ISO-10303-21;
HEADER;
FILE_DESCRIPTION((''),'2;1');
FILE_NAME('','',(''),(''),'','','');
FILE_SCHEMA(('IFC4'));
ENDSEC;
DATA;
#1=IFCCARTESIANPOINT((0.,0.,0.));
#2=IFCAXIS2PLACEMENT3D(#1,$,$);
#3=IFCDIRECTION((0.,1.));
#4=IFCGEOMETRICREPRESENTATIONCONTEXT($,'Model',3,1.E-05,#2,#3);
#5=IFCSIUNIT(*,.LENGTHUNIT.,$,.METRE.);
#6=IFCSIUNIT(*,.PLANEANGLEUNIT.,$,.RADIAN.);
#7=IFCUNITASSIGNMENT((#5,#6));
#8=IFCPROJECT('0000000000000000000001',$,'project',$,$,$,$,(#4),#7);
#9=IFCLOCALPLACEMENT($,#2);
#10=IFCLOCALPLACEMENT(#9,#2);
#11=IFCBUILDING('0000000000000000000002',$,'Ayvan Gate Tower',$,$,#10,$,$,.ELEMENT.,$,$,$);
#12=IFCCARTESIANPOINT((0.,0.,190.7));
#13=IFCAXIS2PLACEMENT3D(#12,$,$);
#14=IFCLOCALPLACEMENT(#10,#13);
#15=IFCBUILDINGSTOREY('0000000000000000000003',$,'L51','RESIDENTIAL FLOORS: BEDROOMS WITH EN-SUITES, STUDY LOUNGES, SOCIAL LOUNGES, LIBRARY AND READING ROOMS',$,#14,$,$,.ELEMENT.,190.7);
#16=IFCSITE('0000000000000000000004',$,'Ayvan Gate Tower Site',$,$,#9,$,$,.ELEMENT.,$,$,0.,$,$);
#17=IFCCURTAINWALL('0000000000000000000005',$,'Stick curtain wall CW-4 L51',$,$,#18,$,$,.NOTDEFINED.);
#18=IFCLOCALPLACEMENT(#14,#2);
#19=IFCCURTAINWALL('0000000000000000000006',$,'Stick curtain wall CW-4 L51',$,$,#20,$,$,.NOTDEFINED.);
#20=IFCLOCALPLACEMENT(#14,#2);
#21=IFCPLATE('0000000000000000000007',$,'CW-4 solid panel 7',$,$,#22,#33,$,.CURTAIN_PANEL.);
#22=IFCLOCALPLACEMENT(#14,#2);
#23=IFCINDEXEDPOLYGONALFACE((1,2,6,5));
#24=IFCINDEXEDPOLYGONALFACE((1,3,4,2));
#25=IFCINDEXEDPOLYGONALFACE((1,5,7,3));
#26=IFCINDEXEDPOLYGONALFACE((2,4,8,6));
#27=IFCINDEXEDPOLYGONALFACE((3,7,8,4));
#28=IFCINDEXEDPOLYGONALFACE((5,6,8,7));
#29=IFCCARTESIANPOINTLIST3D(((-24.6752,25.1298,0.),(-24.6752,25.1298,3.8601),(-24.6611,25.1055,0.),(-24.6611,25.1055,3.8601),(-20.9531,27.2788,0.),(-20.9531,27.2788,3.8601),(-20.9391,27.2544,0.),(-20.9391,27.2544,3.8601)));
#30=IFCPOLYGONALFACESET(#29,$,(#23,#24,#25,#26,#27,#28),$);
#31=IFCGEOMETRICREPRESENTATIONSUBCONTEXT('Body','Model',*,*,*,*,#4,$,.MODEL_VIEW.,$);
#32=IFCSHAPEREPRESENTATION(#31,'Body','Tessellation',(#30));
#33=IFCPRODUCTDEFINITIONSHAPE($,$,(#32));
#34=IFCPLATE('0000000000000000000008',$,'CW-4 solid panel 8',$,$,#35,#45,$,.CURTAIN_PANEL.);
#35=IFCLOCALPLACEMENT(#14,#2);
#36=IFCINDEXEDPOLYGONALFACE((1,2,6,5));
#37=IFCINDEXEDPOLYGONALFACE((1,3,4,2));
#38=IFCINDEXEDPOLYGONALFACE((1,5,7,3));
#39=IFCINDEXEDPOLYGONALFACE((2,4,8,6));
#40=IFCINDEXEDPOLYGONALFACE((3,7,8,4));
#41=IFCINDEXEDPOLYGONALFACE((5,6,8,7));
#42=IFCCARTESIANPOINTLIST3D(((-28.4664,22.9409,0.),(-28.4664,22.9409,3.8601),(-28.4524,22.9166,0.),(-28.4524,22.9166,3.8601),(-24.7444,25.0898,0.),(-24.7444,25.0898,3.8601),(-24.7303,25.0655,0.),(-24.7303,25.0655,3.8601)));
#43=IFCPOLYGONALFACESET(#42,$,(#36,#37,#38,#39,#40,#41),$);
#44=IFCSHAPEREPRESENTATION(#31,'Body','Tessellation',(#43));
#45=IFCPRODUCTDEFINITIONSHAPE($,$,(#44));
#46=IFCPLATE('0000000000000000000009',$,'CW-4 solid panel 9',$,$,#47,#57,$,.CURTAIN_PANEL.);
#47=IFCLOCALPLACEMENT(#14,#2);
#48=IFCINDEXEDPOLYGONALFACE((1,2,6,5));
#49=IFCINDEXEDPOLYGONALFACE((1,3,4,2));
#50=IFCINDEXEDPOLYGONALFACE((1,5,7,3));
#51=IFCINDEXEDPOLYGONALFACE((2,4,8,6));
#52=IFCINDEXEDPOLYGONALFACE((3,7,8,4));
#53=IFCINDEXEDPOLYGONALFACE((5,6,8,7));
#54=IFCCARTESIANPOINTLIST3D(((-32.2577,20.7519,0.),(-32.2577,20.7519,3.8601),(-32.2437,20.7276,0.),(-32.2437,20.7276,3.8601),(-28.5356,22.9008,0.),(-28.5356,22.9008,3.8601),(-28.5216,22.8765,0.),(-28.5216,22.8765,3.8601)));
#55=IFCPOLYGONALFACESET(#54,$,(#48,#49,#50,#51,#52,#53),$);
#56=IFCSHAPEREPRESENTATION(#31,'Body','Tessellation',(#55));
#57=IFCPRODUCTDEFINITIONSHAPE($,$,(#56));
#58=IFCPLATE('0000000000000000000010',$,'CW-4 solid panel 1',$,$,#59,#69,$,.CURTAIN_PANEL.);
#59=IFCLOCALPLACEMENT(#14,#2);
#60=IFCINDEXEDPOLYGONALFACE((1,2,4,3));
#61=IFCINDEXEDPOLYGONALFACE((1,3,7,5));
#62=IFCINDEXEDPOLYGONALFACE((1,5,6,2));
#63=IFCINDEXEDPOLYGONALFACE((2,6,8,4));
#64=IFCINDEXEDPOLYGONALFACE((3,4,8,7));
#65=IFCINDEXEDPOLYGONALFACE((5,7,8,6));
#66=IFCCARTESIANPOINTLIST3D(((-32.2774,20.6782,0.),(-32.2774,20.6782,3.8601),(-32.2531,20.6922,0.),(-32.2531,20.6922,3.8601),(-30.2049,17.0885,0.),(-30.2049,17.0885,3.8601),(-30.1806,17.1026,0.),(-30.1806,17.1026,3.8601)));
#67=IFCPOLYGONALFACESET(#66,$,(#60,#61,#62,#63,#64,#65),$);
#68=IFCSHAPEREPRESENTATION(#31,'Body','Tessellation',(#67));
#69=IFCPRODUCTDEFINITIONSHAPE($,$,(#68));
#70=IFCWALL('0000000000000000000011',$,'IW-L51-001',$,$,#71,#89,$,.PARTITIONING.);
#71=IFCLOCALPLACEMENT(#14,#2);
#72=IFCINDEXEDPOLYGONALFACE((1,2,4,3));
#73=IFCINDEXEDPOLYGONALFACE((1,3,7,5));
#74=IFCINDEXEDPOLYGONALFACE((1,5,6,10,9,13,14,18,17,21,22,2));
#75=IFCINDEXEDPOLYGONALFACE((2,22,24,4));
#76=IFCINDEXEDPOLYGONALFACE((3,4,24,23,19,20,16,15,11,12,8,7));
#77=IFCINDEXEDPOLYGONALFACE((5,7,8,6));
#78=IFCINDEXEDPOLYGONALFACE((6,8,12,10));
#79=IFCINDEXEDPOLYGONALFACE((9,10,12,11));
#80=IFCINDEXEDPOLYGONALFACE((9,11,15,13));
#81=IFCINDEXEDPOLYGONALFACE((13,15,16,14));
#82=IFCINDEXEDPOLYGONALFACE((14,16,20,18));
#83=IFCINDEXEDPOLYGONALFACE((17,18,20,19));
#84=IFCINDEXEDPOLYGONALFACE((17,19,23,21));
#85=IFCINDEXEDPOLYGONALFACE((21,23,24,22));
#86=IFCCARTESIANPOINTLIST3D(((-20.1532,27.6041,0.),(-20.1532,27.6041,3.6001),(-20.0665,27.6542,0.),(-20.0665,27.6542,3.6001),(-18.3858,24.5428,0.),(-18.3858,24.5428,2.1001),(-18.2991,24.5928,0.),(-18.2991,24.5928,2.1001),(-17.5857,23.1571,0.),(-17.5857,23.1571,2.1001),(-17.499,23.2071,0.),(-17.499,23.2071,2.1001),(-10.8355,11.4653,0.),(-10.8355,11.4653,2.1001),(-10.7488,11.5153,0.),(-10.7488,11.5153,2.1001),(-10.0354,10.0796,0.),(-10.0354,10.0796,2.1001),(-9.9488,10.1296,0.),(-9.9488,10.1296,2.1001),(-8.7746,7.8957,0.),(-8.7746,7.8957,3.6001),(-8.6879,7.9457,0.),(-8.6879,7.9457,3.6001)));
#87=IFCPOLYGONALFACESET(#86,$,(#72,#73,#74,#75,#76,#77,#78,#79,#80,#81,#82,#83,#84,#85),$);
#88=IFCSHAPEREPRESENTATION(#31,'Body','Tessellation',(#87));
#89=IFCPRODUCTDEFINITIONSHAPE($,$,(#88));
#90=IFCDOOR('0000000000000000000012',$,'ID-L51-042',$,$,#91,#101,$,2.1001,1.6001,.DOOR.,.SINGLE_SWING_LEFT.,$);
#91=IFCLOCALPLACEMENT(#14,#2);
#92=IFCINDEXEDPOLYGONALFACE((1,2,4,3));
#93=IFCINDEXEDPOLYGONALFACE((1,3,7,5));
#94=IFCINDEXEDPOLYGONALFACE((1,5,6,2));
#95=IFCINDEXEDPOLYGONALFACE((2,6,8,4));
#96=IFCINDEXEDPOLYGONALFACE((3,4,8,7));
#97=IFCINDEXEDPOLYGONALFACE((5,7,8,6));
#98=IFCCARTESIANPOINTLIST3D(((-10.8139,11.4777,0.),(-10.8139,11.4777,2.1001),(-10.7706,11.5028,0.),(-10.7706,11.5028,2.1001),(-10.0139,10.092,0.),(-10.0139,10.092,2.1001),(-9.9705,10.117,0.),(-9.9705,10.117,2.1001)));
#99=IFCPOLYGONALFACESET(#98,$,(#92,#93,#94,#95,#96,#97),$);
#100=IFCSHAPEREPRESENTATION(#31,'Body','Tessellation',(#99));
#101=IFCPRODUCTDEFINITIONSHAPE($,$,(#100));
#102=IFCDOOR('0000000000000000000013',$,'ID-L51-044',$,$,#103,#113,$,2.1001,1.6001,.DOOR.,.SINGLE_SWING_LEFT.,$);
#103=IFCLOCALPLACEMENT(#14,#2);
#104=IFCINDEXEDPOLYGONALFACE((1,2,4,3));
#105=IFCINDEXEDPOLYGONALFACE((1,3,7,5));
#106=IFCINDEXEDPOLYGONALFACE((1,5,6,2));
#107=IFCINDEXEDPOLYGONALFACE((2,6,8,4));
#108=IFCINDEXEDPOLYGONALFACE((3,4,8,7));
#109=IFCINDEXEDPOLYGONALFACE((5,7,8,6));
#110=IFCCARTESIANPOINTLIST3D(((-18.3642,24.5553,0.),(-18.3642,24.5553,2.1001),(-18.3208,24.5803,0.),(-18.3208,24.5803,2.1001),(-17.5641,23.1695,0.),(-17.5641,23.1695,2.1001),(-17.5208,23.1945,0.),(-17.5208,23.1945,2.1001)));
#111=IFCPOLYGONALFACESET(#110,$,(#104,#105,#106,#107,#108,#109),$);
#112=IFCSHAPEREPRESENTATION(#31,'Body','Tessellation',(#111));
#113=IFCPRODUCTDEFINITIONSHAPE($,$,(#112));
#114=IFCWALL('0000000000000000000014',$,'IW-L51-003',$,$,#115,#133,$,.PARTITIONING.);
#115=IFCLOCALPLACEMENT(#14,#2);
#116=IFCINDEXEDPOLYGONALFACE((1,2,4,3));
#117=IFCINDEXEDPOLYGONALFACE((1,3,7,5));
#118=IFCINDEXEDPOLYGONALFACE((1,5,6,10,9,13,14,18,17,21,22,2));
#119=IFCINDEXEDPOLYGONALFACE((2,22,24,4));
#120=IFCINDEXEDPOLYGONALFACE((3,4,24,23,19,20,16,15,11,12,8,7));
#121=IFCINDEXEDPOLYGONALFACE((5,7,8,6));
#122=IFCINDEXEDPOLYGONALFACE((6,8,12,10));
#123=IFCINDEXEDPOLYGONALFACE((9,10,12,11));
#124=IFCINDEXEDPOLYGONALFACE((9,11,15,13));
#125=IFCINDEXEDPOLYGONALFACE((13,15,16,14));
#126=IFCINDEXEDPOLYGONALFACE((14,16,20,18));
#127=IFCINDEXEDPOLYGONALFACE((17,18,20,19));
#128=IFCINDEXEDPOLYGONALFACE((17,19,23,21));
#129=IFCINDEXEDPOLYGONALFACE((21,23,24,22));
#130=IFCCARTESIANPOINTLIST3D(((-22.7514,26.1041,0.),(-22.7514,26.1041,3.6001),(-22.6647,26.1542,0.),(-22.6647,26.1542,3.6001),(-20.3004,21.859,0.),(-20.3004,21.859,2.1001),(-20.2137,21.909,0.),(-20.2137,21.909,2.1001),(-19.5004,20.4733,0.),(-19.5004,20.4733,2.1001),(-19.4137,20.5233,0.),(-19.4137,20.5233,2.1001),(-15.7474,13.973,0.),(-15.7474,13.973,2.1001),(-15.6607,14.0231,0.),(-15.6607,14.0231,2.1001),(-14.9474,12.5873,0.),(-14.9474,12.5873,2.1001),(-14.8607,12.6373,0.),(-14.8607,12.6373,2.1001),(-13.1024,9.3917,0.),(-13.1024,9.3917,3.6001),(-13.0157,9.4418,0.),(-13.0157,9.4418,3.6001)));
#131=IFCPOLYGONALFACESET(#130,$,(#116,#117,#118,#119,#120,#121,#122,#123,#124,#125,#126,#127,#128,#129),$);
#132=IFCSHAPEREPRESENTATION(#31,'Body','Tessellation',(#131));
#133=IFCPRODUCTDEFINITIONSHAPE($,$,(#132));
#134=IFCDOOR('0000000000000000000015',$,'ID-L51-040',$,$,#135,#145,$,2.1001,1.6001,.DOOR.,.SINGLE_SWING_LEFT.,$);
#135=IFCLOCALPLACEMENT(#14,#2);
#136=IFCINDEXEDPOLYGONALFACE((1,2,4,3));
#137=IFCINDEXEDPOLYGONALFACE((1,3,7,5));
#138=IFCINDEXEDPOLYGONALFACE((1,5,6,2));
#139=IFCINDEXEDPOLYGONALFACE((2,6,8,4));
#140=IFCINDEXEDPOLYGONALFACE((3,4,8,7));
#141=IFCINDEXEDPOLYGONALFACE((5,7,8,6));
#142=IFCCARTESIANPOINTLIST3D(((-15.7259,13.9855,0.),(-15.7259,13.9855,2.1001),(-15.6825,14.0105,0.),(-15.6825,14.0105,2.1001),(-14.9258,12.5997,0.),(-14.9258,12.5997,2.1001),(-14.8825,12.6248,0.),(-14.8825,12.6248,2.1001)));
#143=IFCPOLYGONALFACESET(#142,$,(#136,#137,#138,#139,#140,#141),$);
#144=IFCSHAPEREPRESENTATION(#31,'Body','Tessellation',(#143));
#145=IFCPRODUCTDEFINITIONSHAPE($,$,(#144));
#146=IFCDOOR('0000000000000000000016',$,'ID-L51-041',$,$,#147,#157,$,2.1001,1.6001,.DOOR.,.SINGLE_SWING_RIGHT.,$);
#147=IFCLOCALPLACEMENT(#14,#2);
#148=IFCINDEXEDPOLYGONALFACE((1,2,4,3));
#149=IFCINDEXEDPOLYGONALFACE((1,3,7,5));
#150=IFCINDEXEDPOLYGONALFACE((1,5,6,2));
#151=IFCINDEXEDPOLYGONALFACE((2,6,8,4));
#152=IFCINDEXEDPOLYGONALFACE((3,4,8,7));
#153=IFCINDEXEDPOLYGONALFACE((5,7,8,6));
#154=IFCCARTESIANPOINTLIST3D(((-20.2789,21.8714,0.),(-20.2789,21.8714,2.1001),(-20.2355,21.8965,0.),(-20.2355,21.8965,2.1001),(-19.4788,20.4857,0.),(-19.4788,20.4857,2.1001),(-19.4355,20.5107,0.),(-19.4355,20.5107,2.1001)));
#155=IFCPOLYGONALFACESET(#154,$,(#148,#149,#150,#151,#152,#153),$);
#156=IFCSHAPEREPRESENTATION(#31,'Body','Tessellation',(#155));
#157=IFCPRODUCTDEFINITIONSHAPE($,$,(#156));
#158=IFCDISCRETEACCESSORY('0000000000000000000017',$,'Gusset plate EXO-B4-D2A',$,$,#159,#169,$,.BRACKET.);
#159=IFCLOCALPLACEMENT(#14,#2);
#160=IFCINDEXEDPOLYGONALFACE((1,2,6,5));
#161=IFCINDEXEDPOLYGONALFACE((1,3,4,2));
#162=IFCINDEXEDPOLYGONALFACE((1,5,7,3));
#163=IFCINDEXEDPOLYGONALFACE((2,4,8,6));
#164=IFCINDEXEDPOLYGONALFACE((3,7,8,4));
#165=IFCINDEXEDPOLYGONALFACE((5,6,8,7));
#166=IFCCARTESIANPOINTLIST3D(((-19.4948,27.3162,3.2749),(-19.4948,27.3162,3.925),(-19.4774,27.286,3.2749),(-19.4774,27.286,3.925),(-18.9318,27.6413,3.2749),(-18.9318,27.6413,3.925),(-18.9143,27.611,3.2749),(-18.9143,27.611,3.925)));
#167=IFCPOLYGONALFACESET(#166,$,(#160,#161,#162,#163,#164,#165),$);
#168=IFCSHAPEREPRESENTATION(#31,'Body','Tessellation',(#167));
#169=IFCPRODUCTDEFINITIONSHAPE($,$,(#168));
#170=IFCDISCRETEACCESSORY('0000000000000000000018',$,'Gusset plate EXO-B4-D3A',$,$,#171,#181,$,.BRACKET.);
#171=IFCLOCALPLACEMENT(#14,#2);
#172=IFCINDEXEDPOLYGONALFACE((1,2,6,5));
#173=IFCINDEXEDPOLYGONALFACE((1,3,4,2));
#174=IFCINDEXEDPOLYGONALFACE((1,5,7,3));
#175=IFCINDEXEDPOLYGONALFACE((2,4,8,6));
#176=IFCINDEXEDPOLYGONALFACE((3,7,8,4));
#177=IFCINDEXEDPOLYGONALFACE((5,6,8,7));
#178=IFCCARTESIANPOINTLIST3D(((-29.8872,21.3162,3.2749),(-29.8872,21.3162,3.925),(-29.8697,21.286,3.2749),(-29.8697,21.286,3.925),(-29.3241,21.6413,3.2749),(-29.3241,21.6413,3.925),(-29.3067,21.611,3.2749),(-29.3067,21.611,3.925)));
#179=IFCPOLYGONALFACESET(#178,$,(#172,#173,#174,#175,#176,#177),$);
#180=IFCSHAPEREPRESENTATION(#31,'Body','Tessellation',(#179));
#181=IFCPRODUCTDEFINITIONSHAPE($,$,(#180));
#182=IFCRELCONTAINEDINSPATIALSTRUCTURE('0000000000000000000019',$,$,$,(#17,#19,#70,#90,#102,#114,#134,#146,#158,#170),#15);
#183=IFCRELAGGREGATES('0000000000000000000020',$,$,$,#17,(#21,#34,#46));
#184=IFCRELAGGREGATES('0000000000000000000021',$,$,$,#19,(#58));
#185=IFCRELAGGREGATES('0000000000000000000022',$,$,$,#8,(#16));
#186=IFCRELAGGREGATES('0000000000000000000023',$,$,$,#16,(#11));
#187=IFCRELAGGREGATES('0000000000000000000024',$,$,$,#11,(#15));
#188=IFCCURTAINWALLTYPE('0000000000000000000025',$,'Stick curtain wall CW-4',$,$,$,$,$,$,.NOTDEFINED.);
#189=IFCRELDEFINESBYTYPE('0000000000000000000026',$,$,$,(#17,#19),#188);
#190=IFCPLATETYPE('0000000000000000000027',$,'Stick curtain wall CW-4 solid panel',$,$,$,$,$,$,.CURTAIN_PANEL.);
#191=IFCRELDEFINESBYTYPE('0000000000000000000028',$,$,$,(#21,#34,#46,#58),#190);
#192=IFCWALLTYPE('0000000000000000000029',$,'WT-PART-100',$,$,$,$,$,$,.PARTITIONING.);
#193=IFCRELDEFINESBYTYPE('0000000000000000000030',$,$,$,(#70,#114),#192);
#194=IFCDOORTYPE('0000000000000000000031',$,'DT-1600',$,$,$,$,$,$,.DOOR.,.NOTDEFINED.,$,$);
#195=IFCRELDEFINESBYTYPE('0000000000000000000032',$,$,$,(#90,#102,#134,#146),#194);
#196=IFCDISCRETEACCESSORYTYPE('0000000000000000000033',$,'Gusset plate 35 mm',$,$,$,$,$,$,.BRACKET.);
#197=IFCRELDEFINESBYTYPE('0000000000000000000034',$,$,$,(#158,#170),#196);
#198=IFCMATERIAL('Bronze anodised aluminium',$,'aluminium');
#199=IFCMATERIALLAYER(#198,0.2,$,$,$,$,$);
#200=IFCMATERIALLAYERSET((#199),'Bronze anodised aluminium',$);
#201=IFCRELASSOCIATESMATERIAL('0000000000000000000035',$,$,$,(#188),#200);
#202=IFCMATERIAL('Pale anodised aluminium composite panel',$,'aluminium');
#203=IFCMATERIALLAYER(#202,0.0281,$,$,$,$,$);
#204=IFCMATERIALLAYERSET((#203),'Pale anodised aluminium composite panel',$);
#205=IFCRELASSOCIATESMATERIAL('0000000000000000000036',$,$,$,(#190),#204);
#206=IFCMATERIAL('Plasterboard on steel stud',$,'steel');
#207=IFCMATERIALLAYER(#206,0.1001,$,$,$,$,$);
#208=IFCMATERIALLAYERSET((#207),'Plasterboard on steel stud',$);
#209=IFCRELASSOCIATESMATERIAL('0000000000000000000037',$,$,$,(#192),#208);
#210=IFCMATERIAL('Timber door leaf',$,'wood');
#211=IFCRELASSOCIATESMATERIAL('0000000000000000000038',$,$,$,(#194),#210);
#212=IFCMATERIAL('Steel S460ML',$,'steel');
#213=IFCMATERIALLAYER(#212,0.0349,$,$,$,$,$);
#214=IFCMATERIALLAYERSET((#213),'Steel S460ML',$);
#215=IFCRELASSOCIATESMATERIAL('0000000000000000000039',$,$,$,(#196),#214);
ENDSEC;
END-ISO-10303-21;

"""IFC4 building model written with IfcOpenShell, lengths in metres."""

from ifc_helpers import new_model, si_unit, direction, frame, frame_2d, origin, origin_2d, place, context, subcontext, project, spatial, rectangle, extrude, material, layer, layer_set, type_object, element, fill, aggregate, save


model = new_model("IFC4")

# Units and contexts
model_context = context("Model", 3, precision=1e-05, world=origin(), true_north=direction((0.0, 1.0)))
body_context = subcontext(model_context, "Body", "Model", "MODEL_VIEW")
ifc_project = project(units=[si_unit("LENGTHUNIT", "METRE"), si_unit("PLANEANGLEUNIT", "RADIAN")], contexts=[model_context])

# Site, building, storey
site_placement = place(None, origin())
site = spatial("IfcSite", under=ifc_project, at=site_placement, Name="Ayvan Gate Tower Site", CompositionType="ELEMENT", RefElevation=0.0)
building_placement = place(site_placement, origin())
building = spatial("IfcBuilding", under=site, at=building_placement, Name="Ayvan Gate Tower", CompositionType="ELEMENT")
storey_placement = place(building_placement, frame((0.0, 0.0, 190.7)))
storey = spatial("IfcBuildingStorey", under=building, at=storey_placement, Name="L51", Description="RESIDENTIAL FLOORS: BEDROOMS WITH EN-SUITES, STUDY LOUNGES, SOCIAL LOUNGES, LIBRARY AND READING ROOMS", CompositionType="ELEMENT", Elevation=190.7)

# Curtain walls
ifc_material_1 = material(Name="Bronze anodised aluminium", Category="aluminium")
ifc_layer_1 = layer(ifc_material_1, 0.2)
ifc_layer_set_1 = layer_set([ifc_layer_1], Name="Bronze anodised aluminium")
curtain_wall_type = type_object("IfcCurtainWallType", Name="Stick curtain wall CW-4", PredefinedType="NOTDEFINED", material=ifc_layer_set_1)
curtain_wall_1_placement = place(storey_placement, origin())
curtain_wall_1 = element("IfcCurtainWall", 1, at=curtain_wall_1_placement, inside=storey, type_object=curtain_wall_type, Name="Stick curtain wall CW-4 L51", PredefinedType="NOTDEFINED")
curtain_wall_2_placement = place(storey_placement, origin())
curtain_wall_2 = element("IfcCurtainWall", 2, at=curtain_wall_2_placement, inside=storey, type_object=curtain_wall_type, Name="Stick curtain wall CW-4 L51", PredefinedType="NOTDEFINED")

# Plates
ifc_material_2 = material(Name="Pale anodised aluminium composite panel", Category="aluminium")
ifc_layer_2 = layer(ifc_material_2, 0.0281)
ifc_layer_set_2 = layer_set([ifc_layer_2], Name="Pale anodised aluminium composite panel")
plate_type = type_object("IfcPlateType", Name="Stick curtain wall CW-4 solid panel", PredefinedType="CURTAIN_PANEL", material=ifc_layer_set_2)
plate_1_placement = place(storey_placement, frame((-22.8071, 26.1921, 0.0), z_axis=(0.0, 0.0, 1.0), x_axis=(-0.866025, -0.5, 0.0)))
plate_1 = element("IfcPlate", 3, at=plate_1_placement, type_object=plate_type, Name="CW-4 solid panel 7", PredefinedType="CURTAIN_PANEL", context=body_context, shape_type="SweptSolid", body=[
    extrude(rectangle(XDim=4.2979, YDim=0.0281, at=origin_2d()), origin(), (0.0, 0.0, 1.0), 3.8601),
])
plate_2_placement = place(storey_placement, frame((-26.5984, 24.0032, 0.0), z_axis=(0.0, 0.0, 1.0), x_axis=(-0.866025, -0.5, 0.0)))
plate_2 = element("IfcPlate", 4, at=plate_2_placement, type_object=plate_type, Name="CW-4 solid panel 8", PredefinedType="CURTAIN_PANEL", context=body_context, shape_type="SweptSolid", body=[
    extrude(rectangle(XDim=4.2979, YDim=0.0281, at=origin_2d()), origin(), (0.0, 0.0, 1.0), 3.8601),
])
plate_3_placement = place(storey_placement, frame((-30.3896, 21.8142, 0.0), z_axis=(0.0, 0.0, 1.0), x_axis=(-0.866025, -0.5, 0.0)))
plate_3 = element("IfcPlate", 5, at=plate_3_placement, type_object=plate_type, Name="CW-4 solid panel 9", PredefinedType="CURTAIN_PANEL", context=body_context, shape_type="SweptSolid", body=[
    extrude(rectangle(XDim=4.2979, YDim=0.0281, at=origin_2d()), origin(), (0.0, 0.0, 1.0), 3.8601),
])
aggregate(curtain_wall_1, [plate_1, plate_2, plate_3])
plate_4_placement = place(storey_placement, frame((-31.229, 18.8904, 0.0), z_axis=(0.0, 0.0, 1.0), x_axis=(0.5, -0.866025, 0.0)))
plate_4 = element("IfcPlate", 6, at=plate_4_placement, type_object=plate_type, Name="CW-4 solid panel 1", PredefinedType="CURTAIN_PANEL", context=body_context, shape_type="SweptSolid", body=[
    extrude(rectangle(XDim=4.145, YDim=0.0281, at=origin_2d()), origin(), (0.0, 0.0, 1.0), 3.8601),
])
aggregate(curtain_wall_2, [plate_4])

# Walls, openings, doors
ifc_material_3 = material(Name="Plasterboard on steel stud", Category="steel")
ifc_layer_3 = layer(ifc_material_3, 0.1001)
ifc_layer_set_3 = layer_set([ifc_layer_3], Name="Plasterboard on steel stud")
wall_type = type_object("IfcWallType", Name="WT-PART-100", PredefinedType="PARTITIONING", material=ifc_layer_set_3)
wall_1_placement = place(storey_placement, frame((-20.1099, 27.6292, 0.0), z_axis=(0.0, 0.0, 1.0), x_axis=(0.499999, -0.866026, 0.0)))
wall_1 = element("IfcWall", 7, at=wall_1_placement, inside=storey, type_object=wall_type, Name="IW-L51-001", PredefinedType="PARTITIONING", context=body_context, shape_type="SweptSolid", body=[
    extrude(rectangle(XDim=22.7573, YDim=0.1001, at=frame_2d((11.3787, 0.0))), origin(), (0.0, 0.0, 1.0), 3.6001),
])
opening_1_placement = place(wall_1_placement, frame((18.6355, 0.0, 0.0)))
opening_1 = element("IfcOpeningElement", 8, at=opening_1_placement, cuts=wall_1, PredefinedType="OPENING", context=body_context, shape_type="SweptSolid", body=[
    extrude(rectangle(XDim=1.6001, YDim=2.1001, at=frame_2d((0.8, 1.05))), frame((0.0, 0.0601, 0.0), z_axis=(0.0, -1.0, 0.0), x_axis=(1.0, 0.0, 0.0)), (0.0, 0.0, 1.0), 0.1201),
])
opening_2_placement = place(wall_1_placement, frame((3.5349, 0.0, 0.0)))
opening_2 = element("IfcOpeningElement", 9, at=opening_2_placement, cuts=wall_1, PredefinedType="OPENING", context=body_context, shape_type="SweptSolid", body=[
    extrude(rectangle(XDim=1.6001, YDim=2.1001, at=frame_2d((0.8, 1.05))), frame((0.0, 0.0601, 0.0), z_axis=(0.0, -1.0, 0.0), x_axis=(1.0, 0.0, 0.0)), (0.0, 0.0, 1.0), 0.1201),
])
ifc_material_4 = material(Name="Timber door leaf", Category="wood")
door_type = type_object("IfcDoorType", Name="DT-1600", OperationType="NOTDEFINED", PredefinedType="DOOR", material=ifc_material_4)
door_1_placement = place(opening_1_placement, origin())
door_1 = element("IfcDoor", 10, at=door_1_placement, inside=storey, type_object=door_type, Name="ID-L51-042", OperationType="SINGLE_SWING_LEFT", OverallHeight=2.1001, OverallWidth=1.6001, PredefinedType="DOOR", context=body_context, shape_type="SweptSolid", body=[
    extrude(rectangle(XDim=1.6001, YDim=2.1001, at=frame_2d((0.8, 1.05))), frame((0.0, 0.0249, 0.0), z_axis=(0.0, -1.0, 0.0), x_axis=(1.0, 0.0, 0.0)), (0.0, 0.0, 1.0), 0.05),
])
fill(opening_1, door_1)
door_2_placement = place(opening_2_placement, origin())
door_2 = element("IfcDoor", 11, at=door_2_placement, inside=storey, type_object=door_type, Name="ID-L51-044", OperationType="SINGLE_SWING_LEFT", OverallHeight=2.1001, OverallWidth=1.6001, PredefinedType="DOOR", context=body_context, shape_type="SweptSolid", body=[
    extrude(rectangle(XDim=1.6001, YDim=2.1001, at=frame_2d((0.8, 1.05))), frame((0.0, 0.0249, 0.0), z_axis=(0.0, -1.0, 0.0), x_axis=(1.0, 0.0, 0.0)), (0.0, 0.0, 1.0), 0.05),
])
fill(opening_2, door_2)
wall_2_placement = place(storey_placement, frame((-22.708, 26.1292, 0.0), z_axis=(0.0, 0.0, 1.0), x_axis=(0.500001, -0.866025, 0.0)))
wall_2 = element("IfcWall", 12, at=wall_2_placement, inside=storey, type_object=wall_type, Name="IW-L51-003", PredefinedType="PARTITIONING", context=body_context, shape_type="SweptSolid", body=[
    extrude(rectangle(XDim=19.2979, YDim=0.1001, at=frame_2d((9.6489, 0.0))), origin(), (0.0, 0.0, 1.0), 3.6001),
])
opening_3_placement = place(wall_2_placement, frame((14.0078, 0.0, 0.0)))
opening_3 = element("IfcOpeningElement", 13, at=opening_3_placement, cuts=wall_2, PredefinedType="OPENING", context=body_context, shape_type="SweptSolid", body=[
    extrude(rectangle(XDim=1.6001, YDim=2.1001, at=frame_2d((0.8, 1.05))), frame((0.0, 0.0601, 0.0), z_axis=(0.0, -1.0, 0.0), x_axis=(1.0, 0.0, 0.0)), (0.0, 0.0, 1.0), 0.1201),
])
opening_4_placement = place(wall_2_placement, frame((4.9019, 0.0, 0.0)))
opening_4 = element("IfcOpeningElement", 14, at=opening_4_placement, cuts=wall_2, PredefinedType="OPENING", context=body_context, shape_type="SweptSolid", body=[
    extrude(rectangle(XDim=1.6001, YDim=2.1001, at=frame_2d((0.8, 1.05))), frame((0.0, 0.0601, 0.0), z_axis=(0.0, -1.0, 0.0), x_axis=(1.0, 0.0, 0.0)), (0.0, 0.0, 1.0), 0.1201),
])
door_3_placement = place(opening_3_placement, origin())
door_3 = element("IfcDoor", 15, at=door_3_placement, inside=storey, type_object=door_type, Name="ID-L51-040", OperationType="SINGLE_SWING_LEFT", OverallHeight=2.1001, OverallWidth=1.6001, PredefinedType="DOOR", context=body_context, shape_type="SweptSolid", body=[
    extrude(rectangle(XDim=1.6001, YDim=2.1001, at=frame_2d((0.8, 1.05))), frame((0.0, 0.0249, 0.0), z_axis=(0.0, -1.0, 0.0), x_axis=(1.0, 0.0, 0.0)), (0.0, 0.0, 1.0), 0.05),
])
fill(opening_3, door_3)
door_4_placement = place(opening_4_placement, origin())
door_4 = element("IfcDoor", 16, at=door_4_placement, inside=storey, type_object=door_type, Name="ID-L51-041", OperationType="SINGLE_SWING_RIGHT", OverallHeight=2.1001, OverallWidth=1.6001, PredefinedType="DOOR", context=body_context, shape_type="SweptSolid", body=[
    extrude(rectangle(XDim=1.6001, YDim=2.1001, at=frame_2d((0.8, 1.05))), frame((0.0, 0.0249, 0.0), z_axis=(0.0, -1.0, 0.0), x_axis=(1.0, 0.0, 0.0)), (0.0, 0.0, 1.0), 0.05),
])
fill(opening_4, door_4)

# Discrete accessories
ifc_material_5 = material(Name="Steel S460ML", Category="steel")
ifc_layer_4 = layer(ifc_material_5, 0.0349)
ifc_layer_set_4 = layer_set([ifc_layer_4], Name="Steel S460ML")
discrete_accessory_type_1 = type_object("IfcDiscreteAccessoryType", Name="Gusset plate 35 mm", PredefinedType="BRACKET", material=ifc_layer_set_4)
for number, where, z_axis, x_axis, name in (
    (17, (-19.2046, 27.4636, 3.2749), (0.0, 0.0, 1.0), (0.866025, 0.5, 0.0), "Gusset plate EXO-B4-D2A"),
    (18, (-29.5969, 21.4636, 3.2749), (0.0, 0.0, 1.0), (0.866025, 0.5, 0.0), "Gusset plate EXO-B4-D3A"),
):
    element("IfcDiscreteAccessory", number, at=place(storey_placement, frame(where, z_axis=z_axis, x_axis=x_axis)), inside=storey, type_object=discrete_accessory_type_1, Name=name, PredefinedType="BRACKET", context=body_context, shape_type="SweptSolid", body=[
        extrude(rectangle(XDim=0.6501, YDim=0.0349, at=origin_2d()), origin(), (0.0, 0.0, 1.0), 0.6501),
    ])

save(model, "model.ifc")
